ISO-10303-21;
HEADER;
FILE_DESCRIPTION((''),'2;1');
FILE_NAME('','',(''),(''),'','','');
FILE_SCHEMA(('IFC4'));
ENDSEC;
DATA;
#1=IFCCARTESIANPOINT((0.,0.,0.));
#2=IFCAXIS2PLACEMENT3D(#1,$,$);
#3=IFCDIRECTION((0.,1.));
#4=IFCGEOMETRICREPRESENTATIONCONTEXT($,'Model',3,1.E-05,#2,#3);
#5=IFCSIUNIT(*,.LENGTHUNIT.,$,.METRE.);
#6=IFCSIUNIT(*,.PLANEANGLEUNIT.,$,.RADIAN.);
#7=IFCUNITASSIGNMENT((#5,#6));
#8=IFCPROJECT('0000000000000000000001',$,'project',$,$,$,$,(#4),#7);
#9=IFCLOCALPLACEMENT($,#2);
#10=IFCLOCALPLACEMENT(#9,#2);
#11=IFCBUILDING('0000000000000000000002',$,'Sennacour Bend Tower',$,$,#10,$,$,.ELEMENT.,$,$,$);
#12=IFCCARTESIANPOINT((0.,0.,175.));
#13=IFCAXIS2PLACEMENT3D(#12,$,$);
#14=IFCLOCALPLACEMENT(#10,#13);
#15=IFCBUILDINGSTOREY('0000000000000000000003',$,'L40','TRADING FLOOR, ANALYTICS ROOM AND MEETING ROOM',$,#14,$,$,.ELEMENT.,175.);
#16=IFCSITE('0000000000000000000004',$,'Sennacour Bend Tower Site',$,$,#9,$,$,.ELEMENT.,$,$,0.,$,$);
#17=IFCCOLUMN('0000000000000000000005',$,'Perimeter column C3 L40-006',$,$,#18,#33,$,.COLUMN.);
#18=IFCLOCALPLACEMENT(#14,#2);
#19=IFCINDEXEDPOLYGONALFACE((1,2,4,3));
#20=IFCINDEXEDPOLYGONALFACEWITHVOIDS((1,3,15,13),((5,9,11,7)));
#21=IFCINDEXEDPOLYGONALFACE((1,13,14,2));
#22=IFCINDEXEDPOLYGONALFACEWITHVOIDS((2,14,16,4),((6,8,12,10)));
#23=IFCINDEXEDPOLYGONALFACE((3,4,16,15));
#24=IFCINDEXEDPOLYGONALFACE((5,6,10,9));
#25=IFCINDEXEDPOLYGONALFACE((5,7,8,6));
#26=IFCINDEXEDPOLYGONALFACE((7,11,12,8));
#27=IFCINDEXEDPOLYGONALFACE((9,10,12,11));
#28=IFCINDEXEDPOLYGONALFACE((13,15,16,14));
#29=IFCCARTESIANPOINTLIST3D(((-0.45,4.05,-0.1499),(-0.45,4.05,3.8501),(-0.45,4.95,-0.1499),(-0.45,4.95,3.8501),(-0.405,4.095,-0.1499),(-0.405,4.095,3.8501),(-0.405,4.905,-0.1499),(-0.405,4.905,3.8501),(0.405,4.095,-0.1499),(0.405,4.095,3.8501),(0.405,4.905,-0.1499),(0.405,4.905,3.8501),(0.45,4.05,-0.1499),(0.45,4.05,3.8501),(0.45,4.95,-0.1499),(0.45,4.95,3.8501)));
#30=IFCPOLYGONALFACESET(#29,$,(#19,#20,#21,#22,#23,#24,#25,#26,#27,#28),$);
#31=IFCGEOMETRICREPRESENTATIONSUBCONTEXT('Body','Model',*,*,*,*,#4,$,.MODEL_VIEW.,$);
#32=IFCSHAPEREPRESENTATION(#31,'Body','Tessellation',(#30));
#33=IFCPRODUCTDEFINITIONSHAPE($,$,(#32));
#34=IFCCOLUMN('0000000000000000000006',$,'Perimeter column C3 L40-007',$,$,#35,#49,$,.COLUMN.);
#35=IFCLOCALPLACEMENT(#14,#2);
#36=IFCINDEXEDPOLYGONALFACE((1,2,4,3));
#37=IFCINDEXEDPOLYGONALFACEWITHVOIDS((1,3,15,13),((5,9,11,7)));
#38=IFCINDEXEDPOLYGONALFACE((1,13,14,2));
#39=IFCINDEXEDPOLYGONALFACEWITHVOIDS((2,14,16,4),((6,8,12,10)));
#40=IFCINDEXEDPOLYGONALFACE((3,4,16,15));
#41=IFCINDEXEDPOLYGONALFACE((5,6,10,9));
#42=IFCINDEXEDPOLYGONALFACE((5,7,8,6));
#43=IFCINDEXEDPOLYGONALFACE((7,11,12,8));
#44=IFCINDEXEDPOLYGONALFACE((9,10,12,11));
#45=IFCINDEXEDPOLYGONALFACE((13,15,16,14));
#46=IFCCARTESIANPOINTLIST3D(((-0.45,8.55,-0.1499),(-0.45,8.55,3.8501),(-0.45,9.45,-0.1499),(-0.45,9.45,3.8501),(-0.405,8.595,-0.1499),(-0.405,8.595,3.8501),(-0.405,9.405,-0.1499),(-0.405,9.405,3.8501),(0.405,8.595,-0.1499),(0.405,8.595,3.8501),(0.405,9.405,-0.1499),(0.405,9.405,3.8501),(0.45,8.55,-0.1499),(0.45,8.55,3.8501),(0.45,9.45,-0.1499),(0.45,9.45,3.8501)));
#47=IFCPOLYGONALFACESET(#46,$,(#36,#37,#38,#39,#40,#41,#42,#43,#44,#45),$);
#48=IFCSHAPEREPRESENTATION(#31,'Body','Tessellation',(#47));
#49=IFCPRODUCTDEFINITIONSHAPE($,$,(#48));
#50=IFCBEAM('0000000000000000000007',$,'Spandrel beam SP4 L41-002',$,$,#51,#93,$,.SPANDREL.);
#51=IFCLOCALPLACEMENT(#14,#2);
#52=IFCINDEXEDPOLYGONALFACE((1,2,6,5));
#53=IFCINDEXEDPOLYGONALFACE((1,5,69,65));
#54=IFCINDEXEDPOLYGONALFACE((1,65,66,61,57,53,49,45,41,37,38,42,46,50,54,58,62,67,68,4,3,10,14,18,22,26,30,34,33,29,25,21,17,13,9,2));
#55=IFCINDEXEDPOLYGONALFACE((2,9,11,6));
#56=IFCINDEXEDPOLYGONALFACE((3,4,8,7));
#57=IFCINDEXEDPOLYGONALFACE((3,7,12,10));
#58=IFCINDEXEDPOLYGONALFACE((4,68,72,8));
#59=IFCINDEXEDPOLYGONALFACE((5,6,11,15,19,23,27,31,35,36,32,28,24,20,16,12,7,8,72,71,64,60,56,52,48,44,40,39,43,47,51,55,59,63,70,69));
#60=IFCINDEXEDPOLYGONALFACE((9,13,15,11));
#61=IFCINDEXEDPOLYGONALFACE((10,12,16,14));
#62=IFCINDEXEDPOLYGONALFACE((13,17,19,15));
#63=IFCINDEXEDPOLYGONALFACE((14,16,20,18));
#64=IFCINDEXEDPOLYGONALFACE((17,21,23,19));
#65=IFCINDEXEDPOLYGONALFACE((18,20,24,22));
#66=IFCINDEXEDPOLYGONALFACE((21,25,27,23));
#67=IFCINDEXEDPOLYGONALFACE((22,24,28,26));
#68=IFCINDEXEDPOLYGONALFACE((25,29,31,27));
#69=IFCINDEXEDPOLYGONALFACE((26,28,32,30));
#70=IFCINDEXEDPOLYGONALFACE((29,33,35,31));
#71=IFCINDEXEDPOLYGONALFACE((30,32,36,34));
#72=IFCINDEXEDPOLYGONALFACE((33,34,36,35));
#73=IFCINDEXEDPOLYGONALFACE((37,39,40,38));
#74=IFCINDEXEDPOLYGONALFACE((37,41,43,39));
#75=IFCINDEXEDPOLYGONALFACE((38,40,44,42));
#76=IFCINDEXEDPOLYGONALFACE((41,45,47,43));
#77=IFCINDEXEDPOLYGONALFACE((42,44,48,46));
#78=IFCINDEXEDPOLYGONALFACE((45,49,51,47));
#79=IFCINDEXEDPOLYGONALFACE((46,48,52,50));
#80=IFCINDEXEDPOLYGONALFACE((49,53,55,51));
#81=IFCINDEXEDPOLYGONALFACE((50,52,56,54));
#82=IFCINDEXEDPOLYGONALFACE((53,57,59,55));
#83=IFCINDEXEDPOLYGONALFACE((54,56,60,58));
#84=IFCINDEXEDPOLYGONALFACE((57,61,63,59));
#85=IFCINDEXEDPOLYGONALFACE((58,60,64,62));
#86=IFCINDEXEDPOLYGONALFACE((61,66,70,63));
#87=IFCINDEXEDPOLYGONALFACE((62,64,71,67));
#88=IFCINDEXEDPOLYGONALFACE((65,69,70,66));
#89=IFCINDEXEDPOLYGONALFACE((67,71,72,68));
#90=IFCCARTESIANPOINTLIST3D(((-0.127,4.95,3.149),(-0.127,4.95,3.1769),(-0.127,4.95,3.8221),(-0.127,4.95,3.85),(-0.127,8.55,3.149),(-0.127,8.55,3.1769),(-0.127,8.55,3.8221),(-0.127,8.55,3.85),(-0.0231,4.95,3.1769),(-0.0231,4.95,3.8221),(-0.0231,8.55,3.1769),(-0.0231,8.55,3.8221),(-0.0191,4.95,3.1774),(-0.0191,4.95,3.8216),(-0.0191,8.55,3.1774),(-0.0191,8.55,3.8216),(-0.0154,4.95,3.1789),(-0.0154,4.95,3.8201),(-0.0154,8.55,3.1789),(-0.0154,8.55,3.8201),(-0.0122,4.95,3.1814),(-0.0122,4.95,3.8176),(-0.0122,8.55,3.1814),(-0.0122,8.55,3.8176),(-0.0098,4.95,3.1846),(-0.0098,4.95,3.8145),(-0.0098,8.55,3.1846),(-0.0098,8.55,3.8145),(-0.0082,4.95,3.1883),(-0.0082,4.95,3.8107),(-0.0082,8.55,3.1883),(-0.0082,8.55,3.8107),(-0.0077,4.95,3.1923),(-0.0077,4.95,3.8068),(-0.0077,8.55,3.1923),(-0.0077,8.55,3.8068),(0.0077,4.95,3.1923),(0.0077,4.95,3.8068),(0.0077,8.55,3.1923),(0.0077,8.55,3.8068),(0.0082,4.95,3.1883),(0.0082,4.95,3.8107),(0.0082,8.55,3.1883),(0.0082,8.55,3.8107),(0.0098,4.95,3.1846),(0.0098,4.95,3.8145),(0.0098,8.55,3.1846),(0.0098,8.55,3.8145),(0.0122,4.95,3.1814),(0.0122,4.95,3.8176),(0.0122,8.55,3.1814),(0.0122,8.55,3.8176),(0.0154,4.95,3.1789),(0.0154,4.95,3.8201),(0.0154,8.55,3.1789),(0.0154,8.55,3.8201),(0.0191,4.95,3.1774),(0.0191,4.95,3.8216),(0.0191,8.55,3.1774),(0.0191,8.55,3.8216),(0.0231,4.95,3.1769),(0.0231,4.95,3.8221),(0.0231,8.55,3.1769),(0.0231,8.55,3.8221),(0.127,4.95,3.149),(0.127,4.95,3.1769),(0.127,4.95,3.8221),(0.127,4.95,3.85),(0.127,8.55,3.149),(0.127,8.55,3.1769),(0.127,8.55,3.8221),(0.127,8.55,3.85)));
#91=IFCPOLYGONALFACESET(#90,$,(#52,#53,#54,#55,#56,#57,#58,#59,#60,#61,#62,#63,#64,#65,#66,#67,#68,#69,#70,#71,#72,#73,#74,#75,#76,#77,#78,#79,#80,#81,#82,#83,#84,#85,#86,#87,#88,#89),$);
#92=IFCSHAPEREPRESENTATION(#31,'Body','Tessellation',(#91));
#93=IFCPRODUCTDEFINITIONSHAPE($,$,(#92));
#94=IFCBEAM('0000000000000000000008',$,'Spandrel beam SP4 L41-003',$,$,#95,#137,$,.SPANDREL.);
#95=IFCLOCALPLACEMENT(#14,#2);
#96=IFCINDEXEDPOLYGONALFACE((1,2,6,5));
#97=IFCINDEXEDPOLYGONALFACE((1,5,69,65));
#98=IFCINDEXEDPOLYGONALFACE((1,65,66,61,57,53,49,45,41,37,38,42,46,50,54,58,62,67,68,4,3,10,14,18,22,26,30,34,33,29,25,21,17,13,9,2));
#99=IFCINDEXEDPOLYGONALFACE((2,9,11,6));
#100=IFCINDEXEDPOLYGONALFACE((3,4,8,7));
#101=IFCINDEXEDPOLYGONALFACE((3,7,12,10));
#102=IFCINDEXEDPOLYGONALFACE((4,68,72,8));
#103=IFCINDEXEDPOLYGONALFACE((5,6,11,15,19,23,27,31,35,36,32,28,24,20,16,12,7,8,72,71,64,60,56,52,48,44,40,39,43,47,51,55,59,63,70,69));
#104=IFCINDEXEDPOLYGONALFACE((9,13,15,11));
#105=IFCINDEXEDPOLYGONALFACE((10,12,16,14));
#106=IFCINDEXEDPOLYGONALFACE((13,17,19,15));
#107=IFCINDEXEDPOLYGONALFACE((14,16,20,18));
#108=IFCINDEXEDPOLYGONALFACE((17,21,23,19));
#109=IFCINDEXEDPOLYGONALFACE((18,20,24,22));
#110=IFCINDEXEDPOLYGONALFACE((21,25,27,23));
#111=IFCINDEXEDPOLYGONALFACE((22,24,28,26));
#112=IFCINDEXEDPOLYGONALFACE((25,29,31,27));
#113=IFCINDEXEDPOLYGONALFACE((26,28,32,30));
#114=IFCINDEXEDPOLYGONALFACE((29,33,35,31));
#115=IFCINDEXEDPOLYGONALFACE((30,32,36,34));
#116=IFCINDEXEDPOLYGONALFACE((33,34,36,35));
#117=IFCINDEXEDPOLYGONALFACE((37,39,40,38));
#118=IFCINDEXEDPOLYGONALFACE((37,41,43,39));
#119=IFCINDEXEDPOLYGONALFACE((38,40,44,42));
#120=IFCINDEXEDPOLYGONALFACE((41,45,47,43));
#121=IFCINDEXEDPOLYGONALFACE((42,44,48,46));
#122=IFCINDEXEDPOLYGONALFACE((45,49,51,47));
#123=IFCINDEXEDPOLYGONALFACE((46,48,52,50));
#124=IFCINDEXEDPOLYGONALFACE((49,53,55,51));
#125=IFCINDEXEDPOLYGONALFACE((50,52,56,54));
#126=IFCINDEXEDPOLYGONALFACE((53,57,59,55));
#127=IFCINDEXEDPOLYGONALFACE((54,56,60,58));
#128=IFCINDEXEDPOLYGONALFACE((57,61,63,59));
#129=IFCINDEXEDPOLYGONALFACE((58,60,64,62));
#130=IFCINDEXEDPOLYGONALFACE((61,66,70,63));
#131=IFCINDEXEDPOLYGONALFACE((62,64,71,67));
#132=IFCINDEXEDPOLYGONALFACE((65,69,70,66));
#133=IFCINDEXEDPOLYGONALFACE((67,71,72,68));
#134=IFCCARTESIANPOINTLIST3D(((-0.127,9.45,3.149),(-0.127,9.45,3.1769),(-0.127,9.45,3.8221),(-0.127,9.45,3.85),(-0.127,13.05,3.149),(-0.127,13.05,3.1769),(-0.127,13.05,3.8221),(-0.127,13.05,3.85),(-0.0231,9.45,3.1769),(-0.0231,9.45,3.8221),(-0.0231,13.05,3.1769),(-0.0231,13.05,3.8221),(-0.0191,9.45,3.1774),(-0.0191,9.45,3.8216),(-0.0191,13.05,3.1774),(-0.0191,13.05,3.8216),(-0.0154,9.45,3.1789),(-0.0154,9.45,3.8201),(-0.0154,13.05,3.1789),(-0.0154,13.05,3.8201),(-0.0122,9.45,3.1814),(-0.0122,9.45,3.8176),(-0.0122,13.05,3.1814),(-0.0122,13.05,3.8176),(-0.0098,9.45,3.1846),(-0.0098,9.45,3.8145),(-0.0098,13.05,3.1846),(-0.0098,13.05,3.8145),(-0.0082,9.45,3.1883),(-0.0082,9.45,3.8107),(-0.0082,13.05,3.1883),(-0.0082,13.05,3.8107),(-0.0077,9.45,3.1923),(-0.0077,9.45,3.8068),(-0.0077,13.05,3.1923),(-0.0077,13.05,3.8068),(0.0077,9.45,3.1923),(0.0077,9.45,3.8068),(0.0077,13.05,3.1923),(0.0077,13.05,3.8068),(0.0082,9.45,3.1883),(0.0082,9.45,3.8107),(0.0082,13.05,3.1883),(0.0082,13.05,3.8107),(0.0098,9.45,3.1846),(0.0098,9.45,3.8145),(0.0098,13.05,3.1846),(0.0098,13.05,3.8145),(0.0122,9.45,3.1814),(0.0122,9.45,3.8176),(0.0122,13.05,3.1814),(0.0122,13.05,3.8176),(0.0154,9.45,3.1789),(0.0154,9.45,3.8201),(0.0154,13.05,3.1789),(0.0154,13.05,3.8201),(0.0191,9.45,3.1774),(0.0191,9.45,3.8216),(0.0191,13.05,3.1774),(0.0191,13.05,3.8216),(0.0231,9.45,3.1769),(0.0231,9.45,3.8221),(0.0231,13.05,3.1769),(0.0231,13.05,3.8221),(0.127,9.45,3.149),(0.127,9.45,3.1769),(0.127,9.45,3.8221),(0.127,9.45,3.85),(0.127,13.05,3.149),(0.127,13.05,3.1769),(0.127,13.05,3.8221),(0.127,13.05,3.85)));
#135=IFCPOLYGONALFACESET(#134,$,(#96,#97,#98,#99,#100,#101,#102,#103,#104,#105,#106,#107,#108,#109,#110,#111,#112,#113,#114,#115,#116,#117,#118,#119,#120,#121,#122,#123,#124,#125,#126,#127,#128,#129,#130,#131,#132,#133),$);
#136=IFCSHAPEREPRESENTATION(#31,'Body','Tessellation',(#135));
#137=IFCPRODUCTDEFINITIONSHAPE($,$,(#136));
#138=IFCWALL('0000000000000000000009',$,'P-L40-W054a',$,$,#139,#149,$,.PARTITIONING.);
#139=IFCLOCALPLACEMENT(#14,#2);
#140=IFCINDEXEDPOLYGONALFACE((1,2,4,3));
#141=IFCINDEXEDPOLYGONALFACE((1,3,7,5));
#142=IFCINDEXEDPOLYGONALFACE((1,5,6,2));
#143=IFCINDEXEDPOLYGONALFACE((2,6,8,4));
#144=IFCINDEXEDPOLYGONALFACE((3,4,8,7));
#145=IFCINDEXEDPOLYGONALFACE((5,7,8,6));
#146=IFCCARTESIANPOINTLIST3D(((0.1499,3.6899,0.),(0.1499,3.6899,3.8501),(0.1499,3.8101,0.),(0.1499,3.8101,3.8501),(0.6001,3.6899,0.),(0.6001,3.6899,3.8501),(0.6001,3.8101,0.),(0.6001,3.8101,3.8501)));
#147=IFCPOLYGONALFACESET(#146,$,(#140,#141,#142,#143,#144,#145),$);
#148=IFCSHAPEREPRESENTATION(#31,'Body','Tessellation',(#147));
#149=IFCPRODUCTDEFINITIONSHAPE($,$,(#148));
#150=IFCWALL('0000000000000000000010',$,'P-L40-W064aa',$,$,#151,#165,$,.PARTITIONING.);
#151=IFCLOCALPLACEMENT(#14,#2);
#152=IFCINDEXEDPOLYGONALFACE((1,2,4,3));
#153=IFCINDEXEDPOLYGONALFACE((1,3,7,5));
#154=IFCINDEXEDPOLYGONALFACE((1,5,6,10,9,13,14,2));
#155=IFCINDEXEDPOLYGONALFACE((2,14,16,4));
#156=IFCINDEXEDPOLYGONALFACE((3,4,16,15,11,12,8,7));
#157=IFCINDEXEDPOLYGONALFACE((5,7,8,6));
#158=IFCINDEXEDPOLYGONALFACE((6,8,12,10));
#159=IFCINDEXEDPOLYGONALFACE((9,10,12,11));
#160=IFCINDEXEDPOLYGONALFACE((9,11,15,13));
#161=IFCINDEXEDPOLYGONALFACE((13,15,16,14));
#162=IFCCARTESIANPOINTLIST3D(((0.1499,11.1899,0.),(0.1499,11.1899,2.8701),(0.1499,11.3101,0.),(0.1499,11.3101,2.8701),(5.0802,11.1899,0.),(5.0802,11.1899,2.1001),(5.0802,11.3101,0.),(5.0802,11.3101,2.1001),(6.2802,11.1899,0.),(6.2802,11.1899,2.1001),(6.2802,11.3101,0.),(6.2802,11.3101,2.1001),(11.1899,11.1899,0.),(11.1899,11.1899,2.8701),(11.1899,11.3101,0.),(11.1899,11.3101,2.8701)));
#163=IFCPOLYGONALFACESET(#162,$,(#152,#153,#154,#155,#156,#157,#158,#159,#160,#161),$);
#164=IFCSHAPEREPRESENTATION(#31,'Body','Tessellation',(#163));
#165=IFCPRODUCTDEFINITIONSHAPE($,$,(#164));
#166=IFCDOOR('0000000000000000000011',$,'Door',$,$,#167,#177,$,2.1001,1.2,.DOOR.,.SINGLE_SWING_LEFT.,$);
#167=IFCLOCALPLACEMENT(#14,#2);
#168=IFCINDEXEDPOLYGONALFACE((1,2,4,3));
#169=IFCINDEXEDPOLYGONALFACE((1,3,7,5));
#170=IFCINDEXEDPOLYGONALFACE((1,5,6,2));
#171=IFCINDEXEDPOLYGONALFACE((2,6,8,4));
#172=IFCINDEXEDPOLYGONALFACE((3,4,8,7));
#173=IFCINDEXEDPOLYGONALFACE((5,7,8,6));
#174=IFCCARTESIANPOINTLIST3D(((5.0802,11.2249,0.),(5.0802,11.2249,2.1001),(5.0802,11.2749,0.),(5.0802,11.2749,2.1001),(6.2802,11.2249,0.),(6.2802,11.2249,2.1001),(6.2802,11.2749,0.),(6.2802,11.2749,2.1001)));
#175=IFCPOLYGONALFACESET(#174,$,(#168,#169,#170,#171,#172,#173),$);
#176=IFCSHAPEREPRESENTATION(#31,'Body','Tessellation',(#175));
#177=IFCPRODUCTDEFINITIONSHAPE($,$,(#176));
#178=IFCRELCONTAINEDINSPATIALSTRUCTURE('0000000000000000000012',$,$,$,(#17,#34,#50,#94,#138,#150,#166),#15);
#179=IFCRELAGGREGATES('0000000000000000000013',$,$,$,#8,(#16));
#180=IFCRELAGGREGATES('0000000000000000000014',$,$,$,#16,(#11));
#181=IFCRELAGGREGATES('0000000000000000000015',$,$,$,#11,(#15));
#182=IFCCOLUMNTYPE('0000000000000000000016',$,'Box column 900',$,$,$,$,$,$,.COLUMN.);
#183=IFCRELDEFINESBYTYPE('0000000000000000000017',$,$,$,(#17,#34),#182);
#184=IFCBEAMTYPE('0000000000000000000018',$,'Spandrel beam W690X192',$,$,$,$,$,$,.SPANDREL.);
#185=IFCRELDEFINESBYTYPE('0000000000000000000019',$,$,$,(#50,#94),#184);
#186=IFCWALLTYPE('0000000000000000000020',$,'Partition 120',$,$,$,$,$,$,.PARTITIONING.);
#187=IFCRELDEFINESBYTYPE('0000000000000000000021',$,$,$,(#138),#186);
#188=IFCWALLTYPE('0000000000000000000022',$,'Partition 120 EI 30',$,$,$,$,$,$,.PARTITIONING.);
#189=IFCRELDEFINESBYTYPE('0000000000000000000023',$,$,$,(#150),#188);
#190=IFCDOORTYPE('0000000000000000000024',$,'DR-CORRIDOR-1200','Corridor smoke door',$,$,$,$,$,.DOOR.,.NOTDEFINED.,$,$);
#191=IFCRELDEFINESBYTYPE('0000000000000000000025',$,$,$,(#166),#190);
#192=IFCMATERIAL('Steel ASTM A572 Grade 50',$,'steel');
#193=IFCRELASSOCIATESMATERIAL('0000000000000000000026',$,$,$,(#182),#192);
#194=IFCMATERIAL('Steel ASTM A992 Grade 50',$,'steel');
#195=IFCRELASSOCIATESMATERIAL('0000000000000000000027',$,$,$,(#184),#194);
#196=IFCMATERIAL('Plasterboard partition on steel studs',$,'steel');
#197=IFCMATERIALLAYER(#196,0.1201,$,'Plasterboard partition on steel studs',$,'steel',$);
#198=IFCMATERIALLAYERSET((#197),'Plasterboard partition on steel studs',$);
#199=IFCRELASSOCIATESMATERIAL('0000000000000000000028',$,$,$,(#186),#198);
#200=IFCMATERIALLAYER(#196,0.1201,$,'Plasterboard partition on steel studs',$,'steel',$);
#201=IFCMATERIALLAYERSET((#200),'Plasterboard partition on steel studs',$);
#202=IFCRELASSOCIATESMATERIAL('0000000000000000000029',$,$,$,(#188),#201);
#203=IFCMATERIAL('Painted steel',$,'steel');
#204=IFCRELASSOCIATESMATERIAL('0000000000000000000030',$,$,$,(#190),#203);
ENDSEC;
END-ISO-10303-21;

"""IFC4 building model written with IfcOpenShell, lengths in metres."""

from ifc_helpers import new_model, si_unit, direction, frame, frame_2d, origin, origin_2d, place, context, subcontext, project, spatial, rectangle, hollow_rectangle, i_section, extrude, material, layer, layer_set, material_profile, profile_set, type_object, element, fill, save


model = new_model("IFC4")

# Units and contexts
model_context = context("Model", 3, precision=1e-05, world=origin(), true_north=direction((0.0, 1.0)))
body_context = subcontext(model_context, "Body", "Model", "MODEL_VIEW")
ifc_project = project(units=[si_unit("LENGTHUNIT", "METRE"), si_unit("PLANEANGLEUNIT", "RADIAN")], contexts=[model_context])

# Site, building, storey
site_placement = place(None, origin())
site = spatial("IfcSite", under=ifc_project, at=site_placement, Name="Sennacour Bend Tower Site", CompositionType="ELEMENT", RefElevation=0.0)
building_placement = place(site_placement, origin())
building = spatial("IfcBuilding", under=site, at=building_placement, Name="Sennacour Bend Tower", CompositionType="ELEMENT")
storey_placement = place(building_placement, frame((0.0, 0.0, 175.0)))
storey = spatial("IfcBuildingStorey", under=building, at=storey_placement, Name="L40", Description="TRADING FLOOR, ANALYTICS ROOM AND MEETING ROOM", CompositionType="ELEMENT", Elevation=175.0)

# Columns
ifc_material_1 = material(Name="Steel ASTM A572 Grade 50", Category="steel")
ifc_material_profile_1 = material_profile(ifc_material_1, hollow_rectangle(XDim=0.8999, YDim=0.8999, WallThickness=0.0449, at=origin_2d()), Name="Steel ASTM A572 Grade 50", Category="steel")
ifc_profile_set_1 = profile_set([ifc_material_profile_1], Name="Steel ASTM A572 Grade 50")
column_type = type_object("IfcColumnType", Name="Box column 900", PredefinedType="COLUMN", material=ifc_profile_set_1)
for number, where, z_axis, x_axis, name in (
    (1, (0.0, 4.5, -0.1499), (0.0, 0.0, 1.0), (1.0, 0.0, 0.0), "Perimeter column C3 L40-006"),
    (2, (0.0, 9.0, -0.1499), (0.0, 0.0, 1.0), (1.0, 0.0, 0.0), "Perimeter column C3 L40-007"),
):
    element("IfcColumn", number, at=place(storey_placement, frame(where, z_axis=z_axis, x_axis=x_axis)), inside=storey, type_object=column_type, Name=name, PredefinedType="COLUMN", context=body_context, shape_type="SweptSolid", body=[
        extrude(hollow_rectangle(XDim=0.8999, YDim=0.8999, WallThickness=0.0449, at=origin_2d()), origin(), (0.0, 0.0, 1.0), 4.0),
    ])

# Beams
ifc_material_2 = material(Name="Steel ASTM A992 Grade 50", Category="steel")
ifc_material_profile_2 = material_profile(ifc_material_2, i_section(OverallWidth=0.2539, OverallDepth=0.7009, WebThickness=0.0154, FlangeThickness=0.0278, FilletRadius=0.0154, at=origin_2d()), Name="Steel ASTM A992 Grade 50", Category="steel")
ifc_profile_set_2 = profile_set([ifc_material_profile_2], Name="Steel ASTM A992 Grade 50")
beam_type = type_object("IfcBeamType", Name="Spandrel beam W690X192", PredefinedType="SPANDREL", material=ifc_profile_set_2)
for number, where, z_axis, x_axis, name in (
    (3, (0.0, 4.95, 3.4995), (0.0, 1.0, 0.0), (-1.0, 0.0, 0.0), "Spandrel beam SP4 L41-002"),
    (4, (0.0, 9.45, 3.4995), (0.0, 1.0, 0.0), (-1.0, 0.0, 0.0), "Spandrel beam SP4 L41-003"),
):
    element("IfcBeam", number, at=place(storey_placement, frame(where, z_axis=z_axis, x_axis=x_axis)), inside=storey, type_object=beam_type, Name=name, PredefinedType="SPANDREL", context=body_context, shape_type="SweptSolid", body=[
        extrude(i_section(OverallWidth=0.2539, OverallDepth=0.7009, WebThickness=0.0154, FlangeThickness=0.0278, FilletRadius=0.0154, at=origin_2d()), origin(), (0.0, 0.0, 1.0), 3.6001),
    ])

# Wall
ifc_material_3 = material(Name="Plasterboard partition on steel studs", Category="steel")
ifc_layer_1 = layer(ifc_material_3, 0.1201, Name="Plasterboard partition on steel studs", Category="steel")
ifc_layer_set_1 = layer_set([ifc_layer_1], Name="Plasterboard partition on steel studs")
wall_type_1 = type_object("IfcWallType", Name="Partition 120", PredefinedType="PARTITIONING", material=ifc_layer_set_1)
wall_1_placement = place(storey_placement, frame((0.1499, 3.75, 0.0), z_axis=(0.0, 0.0, 1.0), x_axis=(1.0, 0.0, 0.0)))
element("IfcWall", 5, at=wall_1_placement, inside=storey, type_object=wall_type_1, Name="P-L40-W054a", PredefinedType="PARTITIONING", context=body_context, shape_type="SweptSolid", body=[
    extrude(rectangle(XDim=0.4502, YDim=0.1201, at=frame_2d((0.2251, 0.0))), origin(), (0.0, 0.0, 1.0), 3.8501),
])

# Wall, opening, door
ifc_layer_2 = layer(ifc_material_3, 0.1201, Name="Plasterboard partition on steel studs", Category="steel")
ifc_layer_set_2 = layer_set([ifc_layer_2], Name="Plasterboard partition on steel studs")
wall_type_2 = type_object("IfcWallType", Name="Partition 120 EI 30", PredefinedType="PARTITIONING", material=ifc_layer_set_2)
wall_2_placement = place(storey_placement, frame((0.1499, 11.25, 0.0), z_axis=(0.0, 0.0, 1.0), x_axis=(1.0, 0.0, 0.0)))
wall_2 = element("IfcWall", 6, at=wall_2_placement, inside=storey, type_object=wall_type_2, Name="P-L40-W064aa", PredefinedType="PARTITIONING", context=body_context, shape_type="SweptSolid", body=[
    extrude(rectangle(XDim=11.04, YDim=0.1201, at=frame_2d((5.52, 0.0))), origin(), (0.0, 0.0, 1.0), 2.8701),
])
opening_1_placement = place(wall_2_placement, frame((4.9302, 0.0, 0.0)))
opening_1 = element("IfcOpeningElement", 7, at=opening_1_placement, cuts=wall_2, PredefinedType="OPENING", context=body_context, shape_type="SweptSolid", body=[
    extrude(rectangle(XDim=1.2, YDim=2.1001, at=frame_2d((0.6001, 1.05))), frame((0.0, 0.0701, 0.0), z_axis=(0.0, -1.0, 0.0), x_axis=(1.0, 0.0, 0.0)), (0.0, 0.0, 1.0), 0.1401),
])
ifc_material_4 = material(Name="Painted steel", Category="steel")
door_type_1 = type_object("IfcDoorType", Name="DR-CORRIDOR-1200", Description="Corridor smoke door", OperationType="NOTDEFINED", PredefinedType="DOOR", material=ifc_material_4)
door_1_placement = place(opening_1_placement, origin())
door_1 = element("IfcDoor", 8, at=door_1_placement, inside=storey, type_object=door_type_1, Name="Door", OperationType="SINGLE_SWING_LEFT", OverallHeight=2.1001, OverallWidth=1.2, PredefinedType="DOOR", context=body_context, shape_type="SweptSolid", body=[
    extrude(rectangle(XDim=1.2, YDim=2.1001, at=frame_2d((0.6001, 1.05))), frame((0.0, 0.0249, 0.0), z_axis=(0.0, -1.0, 0.0), x_axis=(1.0, 0.0, 0.0)), (0.0, 0.0, 1.0), 0.05),
])
fill(opening_1, door_1)

save(model, "model.ifc")
